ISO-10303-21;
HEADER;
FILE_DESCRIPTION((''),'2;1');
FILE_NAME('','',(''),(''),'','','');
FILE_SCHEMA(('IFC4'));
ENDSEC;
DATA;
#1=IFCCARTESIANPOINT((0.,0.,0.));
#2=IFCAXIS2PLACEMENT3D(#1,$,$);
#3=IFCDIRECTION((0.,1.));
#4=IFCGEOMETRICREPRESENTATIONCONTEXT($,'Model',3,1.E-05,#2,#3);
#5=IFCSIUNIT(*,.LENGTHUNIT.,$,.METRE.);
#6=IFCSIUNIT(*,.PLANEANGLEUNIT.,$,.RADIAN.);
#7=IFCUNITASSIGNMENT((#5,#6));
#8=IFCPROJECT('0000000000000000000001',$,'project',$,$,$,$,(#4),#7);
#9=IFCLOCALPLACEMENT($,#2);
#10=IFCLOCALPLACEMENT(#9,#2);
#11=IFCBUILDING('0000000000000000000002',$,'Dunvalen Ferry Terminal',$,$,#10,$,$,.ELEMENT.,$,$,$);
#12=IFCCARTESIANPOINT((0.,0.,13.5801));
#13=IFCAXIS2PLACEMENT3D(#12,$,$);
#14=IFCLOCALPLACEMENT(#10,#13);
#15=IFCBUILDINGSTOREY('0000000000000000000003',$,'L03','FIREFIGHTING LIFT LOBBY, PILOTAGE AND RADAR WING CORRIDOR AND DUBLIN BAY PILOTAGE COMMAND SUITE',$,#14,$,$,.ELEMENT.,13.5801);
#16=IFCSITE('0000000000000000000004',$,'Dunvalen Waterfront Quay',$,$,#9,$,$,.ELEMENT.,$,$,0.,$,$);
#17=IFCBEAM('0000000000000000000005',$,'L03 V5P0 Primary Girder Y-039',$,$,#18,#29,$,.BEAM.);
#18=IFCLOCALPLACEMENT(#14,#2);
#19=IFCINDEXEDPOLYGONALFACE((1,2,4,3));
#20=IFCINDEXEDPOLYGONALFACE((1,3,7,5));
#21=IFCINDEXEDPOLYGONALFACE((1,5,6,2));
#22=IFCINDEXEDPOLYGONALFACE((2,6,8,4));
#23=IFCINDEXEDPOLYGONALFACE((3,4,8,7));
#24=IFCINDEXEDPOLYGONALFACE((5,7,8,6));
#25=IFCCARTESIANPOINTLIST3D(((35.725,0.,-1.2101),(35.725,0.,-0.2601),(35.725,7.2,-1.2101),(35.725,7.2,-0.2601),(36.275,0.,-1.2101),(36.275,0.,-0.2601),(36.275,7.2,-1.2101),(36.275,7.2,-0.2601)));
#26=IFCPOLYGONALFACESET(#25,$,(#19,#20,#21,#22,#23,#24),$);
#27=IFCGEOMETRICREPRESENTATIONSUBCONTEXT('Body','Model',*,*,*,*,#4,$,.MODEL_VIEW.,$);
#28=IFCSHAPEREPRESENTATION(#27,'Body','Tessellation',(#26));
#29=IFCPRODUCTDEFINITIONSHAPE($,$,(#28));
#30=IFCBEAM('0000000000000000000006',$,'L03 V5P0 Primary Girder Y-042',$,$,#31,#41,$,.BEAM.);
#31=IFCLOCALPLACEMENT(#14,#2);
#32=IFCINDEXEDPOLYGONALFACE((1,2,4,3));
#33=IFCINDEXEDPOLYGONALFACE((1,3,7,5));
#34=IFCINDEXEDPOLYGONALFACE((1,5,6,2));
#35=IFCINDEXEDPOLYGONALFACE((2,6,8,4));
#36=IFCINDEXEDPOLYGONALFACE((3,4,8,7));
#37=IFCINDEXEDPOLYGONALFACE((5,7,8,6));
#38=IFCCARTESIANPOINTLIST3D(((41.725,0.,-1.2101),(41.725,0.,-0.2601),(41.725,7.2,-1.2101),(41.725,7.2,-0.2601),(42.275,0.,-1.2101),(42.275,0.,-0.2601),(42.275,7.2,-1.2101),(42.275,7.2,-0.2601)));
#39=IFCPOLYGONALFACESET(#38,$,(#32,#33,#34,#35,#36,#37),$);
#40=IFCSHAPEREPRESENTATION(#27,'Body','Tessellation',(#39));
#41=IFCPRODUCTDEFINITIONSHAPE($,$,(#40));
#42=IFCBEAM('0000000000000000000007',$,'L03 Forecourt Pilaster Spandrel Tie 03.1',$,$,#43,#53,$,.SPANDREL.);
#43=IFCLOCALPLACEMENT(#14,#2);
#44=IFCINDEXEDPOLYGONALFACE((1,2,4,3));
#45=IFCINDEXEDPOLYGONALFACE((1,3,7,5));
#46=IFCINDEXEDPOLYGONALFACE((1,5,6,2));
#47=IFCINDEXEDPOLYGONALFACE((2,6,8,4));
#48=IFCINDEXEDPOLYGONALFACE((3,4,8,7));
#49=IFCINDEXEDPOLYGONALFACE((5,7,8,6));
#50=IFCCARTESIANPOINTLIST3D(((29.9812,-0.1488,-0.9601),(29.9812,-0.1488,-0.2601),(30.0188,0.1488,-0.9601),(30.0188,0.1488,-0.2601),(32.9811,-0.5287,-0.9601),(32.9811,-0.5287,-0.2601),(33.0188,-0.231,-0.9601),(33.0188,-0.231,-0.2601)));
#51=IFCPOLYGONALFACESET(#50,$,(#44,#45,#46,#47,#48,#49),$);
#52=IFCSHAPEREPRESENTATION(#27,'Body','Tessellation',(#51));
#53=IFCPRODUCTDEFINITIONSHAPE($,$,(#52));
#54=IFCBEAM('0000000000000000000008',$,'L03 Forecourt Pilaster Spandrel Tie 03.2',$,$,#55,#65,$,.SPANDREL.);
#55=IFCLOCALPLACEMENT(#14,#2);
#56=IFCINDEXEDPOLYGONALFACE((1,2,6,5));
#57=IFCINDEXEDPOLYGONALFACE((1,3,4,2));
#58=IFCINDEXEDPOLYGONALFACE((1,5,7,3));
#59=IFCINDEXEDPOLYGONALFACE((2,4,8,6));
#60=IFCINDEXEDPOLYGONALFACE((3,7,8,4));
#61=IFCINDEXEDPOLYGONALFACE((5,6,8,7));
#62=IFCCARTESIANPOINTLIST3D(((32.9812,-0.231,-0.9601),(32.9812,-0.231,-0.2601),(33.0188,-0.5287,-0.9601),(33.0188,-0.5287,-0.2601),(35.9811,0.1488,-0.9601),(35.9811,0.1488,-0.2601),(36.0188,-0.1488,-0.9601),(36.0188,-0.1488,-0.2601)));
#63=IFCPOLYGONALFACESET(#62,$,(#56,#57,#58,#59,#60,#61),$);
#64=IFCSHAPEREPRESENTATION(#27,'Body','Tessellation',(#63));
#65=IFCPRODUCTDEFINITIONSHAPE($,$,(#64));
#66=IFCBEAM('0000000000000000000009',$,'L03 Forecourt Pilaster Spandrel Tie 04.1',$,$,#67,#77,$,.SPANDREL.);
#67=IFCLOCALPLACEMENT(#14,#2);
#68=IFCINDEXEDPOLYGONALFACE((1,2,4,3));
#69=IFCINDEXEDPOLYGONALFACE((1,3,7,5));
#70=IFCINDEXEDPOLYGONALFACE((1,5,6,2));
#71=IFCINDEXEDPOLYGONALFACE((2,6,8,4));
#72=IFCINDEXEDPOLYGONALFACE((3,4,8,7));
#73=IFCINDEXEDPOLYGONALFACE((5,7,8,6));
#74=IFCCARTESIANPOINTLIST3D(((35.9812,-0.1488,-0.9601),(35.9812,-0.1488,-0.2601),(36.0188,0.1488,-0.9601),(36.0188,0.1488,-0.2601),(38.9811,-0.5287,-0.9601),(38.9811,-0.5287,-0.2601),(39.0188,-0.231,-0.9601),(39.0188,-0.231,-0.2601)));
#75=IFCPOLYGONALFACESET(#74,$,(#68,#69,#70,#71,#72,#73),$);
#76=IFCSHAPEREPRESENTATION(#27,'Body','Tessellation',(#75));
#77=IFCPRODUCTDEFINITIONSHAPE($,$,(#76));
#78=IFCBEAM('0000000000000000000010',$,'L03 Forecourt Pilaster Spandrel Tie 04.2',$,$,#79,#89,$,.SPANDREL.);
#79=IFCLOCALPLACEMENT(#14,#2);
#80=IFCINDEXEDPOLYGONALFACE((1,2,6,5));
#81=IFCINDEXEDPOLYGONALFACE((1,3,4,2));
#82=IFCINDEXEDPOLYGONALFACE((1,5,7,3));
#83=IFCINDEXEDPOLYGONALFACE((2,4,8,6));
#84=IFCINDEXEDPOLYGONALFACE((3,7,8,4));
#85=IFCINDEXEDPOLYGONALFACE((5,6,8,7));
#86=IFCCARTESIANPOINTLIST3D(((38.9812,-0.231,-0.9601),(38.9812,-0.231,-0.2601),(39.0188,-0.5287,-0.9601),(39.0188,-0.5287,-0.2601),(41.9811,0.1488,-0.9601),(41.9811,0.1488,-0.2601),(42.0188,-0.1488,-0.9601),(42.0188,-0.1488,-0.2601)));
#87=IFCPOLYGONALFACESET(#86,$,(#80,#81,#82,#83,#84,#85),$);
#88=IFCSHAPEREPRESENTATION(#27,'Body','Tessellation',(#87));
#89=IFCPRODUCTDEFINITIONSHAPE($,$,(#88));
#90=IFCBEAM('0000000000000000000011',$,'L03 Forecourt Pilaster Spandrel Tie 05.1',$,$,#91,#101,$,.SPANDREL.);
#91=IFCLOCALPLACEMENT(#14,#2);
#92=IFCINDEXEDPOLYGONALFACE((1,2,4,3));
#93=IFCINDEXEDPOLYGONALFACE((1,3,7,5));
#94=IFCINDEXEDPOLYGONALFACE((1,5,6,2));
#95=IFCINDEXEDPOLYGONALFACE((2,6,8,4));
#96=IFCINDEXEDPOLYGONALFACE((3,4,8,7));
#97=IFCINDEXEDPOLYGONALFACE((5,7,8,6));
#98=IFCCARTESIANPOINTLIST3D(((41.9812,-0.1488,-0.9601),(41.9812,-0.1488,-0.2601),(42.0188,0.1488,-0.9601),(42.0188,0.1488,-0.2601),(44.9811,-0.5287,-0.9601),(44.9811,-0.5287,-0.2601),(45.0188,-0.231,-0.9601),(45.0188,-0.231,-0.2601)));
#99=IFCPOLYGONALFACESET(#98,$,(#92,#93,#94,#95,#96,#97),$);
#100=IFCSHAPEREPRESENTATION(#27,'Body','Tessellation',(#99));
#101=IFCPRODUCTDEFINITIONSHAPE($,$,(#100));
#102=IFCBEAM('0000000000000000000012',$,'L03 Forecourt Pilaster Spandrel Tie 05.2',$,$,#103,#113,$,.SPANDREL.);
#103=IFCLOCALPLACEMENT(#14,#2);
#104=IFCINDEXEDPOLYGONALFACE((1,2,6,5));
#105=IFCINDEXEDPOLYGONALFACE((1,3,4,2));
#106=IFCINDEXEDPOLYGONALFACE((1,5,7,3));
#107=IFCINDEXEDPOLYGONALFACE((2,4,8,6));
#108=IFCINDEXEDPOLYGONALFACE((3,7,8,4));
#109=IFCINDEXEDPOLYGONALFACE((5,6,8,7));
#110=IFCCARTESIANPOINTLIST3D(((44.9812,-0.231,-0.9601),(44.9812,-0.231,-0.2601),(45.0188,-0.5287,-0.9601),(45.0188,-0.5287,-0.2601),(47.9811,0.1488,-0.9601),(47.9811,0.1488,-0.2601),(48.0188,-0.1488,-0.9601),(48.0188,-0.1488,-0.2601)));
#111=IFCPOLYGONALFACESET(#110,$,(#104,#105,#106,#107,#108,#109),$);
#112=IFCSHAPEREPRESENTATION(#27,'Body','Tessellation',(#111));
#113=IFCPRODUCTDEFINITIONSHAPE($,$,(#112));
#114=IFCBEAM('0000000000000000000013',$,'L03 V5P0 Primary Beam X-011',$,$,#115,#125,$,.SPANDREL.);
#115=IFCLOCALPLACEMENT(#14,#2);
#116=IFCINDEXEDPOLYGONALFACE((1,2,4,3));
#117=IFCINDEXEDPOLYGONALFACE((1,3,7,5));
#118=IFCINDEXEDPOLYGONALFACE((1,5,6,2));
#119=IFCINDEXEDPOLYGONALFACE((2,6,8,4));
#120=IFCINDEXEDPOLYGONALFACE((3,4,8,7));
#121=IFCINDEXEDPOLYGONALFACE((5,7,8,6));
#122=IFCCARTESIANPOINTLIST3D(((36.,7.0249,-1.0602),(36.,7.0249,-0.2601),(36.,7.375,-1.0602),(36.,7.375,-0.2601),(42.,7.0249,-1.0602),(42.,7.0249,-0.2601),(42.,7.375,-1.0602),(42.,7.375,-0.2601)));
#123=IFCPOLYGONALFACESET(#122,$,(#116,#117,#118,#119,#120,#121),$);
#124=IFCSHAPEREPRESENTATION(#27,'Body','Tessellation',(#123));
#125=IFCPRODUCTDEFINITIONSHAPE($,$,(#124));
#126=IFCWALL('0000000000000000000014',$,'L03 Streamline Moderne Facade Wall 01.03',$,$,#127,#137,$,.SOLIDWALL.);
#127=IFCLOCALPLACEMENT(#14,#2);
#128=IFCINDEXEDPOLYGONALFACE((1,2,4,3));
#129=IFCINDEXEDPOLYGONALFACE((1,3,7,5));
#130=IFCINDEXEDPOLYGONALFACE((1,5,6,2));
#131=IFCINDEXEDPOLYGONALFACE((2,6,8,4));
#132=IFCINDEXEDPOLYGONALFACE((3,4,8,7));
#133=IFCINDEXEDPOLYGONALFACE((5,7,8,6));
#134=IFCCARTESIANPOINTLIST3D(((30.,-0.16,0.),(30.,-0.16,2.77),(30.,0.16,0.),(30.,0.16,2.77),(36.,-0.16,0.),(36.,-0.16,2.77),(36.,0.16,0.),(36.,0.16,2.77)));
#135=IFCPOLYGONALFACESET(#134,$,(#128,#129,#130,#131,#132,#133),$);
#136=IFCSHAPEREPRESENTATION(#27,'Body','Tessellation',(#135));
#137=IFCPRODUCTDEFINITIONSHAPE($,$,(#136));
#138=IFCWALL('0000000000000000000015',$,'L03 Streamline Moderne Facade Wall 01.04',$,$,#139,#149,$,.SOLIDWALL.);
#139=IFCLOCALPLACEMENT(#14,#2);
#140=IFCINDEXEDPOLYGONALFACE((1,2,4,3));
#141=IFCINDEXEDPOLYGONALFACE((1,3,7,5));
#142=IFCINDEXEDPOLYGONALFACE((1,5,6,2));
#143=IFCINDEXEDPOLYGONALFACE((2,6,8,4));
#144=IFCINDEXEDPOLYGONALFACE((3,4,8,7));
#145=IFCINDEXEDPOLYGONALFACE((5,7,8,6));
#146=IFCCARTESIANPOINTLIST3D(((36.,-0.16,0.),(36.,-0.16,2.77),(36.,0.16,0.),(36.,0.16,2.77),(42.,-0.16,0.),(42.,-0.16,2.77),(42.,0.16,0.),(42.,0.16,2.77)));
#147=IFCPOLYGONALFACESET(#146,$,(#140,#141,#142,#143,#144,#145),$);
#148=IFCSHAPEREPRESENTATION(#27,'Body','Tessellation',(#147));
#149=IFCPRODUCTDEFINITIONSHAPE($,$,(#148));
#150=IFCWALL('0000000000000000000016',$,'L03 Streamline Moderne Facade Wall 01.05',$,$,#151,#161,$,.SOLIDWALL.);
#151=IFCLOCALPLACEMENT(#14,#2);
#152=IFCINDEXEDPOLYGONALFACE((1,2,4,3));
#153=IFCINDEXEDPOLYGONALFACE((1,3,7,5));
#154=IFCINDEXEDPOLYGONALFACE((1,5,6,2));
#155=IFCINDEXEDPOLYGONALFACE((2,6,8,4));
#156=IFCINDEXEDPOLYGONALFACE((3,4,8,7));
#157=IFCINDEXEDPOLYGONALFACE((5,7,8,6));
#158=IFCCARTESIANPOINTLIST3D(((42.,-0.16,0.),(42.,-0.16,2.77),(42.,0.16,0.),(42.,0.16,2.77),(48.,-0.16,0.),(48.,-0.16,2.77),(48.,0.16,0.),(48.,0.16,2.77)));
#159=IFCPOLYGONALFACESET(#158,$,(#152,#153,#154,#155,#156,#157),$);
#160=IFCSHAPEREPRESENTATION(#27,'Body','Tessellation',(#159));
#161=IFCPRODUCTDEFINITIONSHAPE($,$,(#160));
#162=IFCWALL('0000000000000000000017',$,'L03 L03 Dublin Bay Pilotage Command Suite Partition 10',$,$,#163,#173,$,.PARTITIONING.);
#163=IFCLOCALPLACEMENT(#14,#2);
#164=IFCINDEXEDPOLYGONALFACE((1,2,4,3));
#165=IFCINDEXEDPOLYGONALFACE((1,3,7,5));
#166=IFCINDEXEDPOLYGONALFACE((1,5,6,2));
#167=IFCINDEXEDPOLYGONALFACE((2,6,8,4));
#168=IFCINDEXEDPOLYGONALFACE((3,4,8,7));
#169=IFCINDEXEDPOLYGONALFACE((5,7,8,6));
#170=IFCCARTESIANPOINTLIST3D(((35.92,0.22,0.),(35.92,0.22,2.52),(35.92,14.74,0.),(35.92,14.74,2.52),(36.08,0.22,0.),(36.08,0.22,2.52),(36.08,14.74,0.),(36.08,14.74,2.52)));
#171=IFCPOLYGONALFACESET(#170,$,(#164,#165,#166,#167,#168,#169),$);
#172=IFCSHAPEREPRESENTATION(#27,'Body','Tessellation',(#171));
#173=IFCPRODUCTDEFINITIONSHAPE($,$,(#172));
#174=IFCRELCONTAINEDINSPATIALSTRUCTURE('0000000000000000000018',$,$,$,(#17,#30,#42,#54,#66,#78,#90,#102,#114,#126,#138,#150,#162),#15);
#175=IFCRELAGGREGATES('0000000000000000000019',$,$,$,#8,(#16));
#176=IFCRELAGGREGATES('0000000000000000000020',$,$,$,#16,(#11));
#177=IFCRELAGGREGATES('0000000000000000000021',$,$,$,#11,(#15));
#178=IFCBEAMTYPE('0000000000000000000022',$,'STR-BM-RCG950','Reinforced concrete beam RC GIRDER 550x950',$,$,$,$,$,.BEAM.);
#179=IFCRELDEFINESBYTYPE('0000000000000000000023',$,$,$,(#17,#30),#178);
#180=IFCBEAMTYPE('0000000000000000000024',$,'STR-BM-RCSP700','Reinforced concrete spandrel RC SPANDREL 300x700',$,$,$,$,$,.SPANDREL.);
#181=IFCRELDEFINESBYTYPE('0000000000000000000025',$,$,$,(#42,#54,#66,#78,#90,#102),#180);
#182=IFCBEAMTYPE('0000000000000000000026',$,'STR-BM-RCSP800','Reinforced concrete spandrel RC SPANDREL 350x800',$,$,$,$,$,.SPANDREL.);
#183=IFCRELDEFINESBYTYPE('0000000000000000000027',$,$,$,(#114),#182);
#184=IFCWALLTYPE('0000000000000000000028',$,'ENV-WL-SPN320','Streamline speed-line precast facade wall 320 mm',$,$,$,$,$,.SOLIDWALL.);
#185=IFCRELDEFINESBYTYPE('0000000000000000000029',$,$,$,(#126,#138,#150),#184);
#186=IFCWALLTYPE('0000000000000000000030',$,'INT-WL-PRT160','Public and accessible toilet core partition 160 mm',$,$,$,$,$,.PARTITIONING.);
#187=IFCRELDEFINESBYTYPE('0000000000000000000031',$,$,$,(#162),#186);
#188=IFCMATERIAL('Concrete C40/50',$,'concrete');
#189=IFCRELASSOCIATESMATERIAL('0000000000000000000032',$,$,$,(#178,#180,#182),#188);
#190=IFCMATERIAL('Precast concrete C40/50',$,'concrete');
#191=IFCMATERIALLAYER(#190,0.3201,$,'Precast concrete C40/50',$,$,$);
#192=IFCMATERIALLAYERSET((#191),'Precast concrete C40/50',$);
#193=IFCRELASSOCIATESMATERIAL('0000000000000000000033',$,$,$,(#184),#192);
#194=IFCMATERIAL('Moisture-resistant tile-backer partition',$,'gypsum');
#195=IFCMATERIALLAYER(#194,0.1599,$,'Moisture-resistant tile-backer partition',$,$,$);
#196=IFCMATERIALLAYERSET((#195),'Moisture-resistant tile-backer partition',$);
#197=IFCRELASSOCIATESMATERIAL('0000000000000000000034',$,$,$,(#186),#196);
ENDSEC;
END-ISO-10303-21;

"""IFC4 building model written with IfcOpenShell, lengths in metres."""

from ifc_helpers import new_model, si_unit, direction, frame, frame_2d, origin, origin_2d, place, context, subcontext, project, spatial, rectangle, extrude, material, layer, layer_set, material_profile, profile_set, type_object, element, save


model = new_model("IFC4")

# Units and contexts
model_context = context("Model", 3, precision=1e-05, world=origin(), true_north=direction((0.0, 1.0)))
body_context = subcontext(model_context, "Body", "Model", "MODEL_VIEW")
ifc_project = project(units=[si_unit("LENGTHUNIT", "METRE"), si_unit("PLANEANGLEUNIT", "RADIAN")], contexts=[model_context])

# Site, building, storey
site_placement = place(None, origin())
site = spatial("IfcSite", under=ifc_project, at=site_placement, Name="Dunvalen Waterfront Quay", CompositionType="ELEMENT", RefElevation=0.0)
building_placement = place(site_placement, origin())
building = spatial("IfcBuilding", under=site, at=building_placement, Name="Dunvalen Ferry Terminal", CompositionType="ELEMENT")
storey_placement = place(building_placement, frame((0.0, 0.0, 13.5801)))
storey = spatial("IfcBuildingStorey", under=building, at=storey_placement, Name="L03", Description="FIREFIGHTING LIFT LOBBY, PILOTAGE AND RADAR WING CORRIDOR AND DUBLIN BAY PILOTAGE COMMAND SUITE", CompositionType="ELEMENT", Elevation=13.5801)

# Shared definitions
ifc_material_1 = material(Name="Concrete C40/50", Category="concrete")

# Beams
ifc_material_profile_1 = material_profile(ifc_material_1, rectangle(XDim=0.55, YDim=0.95, at=origin_2d()), Name="Concrete C40/50")
ifc_profile_set_1 = profile_set([ifc_material_profile_1], Name="Concrete C40/50")
beam_type_1 = type_object("IfcBeamType", Name="STR-BM-RCG950", Description="Reinforced concrete beam RC GIRDER 550x950", PredefinedType="BEAM", material=ifc_profile_set_1)
for number, where, z_axis, x_axis, name in (
    (1, (36.0, 0.0, -0.7351), (0.0, 1.0, 0.0), (-1.0, 0.0, 0.0), "L03 V5P0 Primary Girder Y-039"),
    (2, (42.0, 0.0, -0.7351), (0.0, 1.0, 0.0), (-1.0, 0.0, 0.0), "L03 V5P0 Primary Girder Y-042"),
):
    element("IfcBeam", number, at=place(storey_placement, frame(where, z_axis=z_axis, x_axis=x_axis)), inside=storey, type_object=beam_type_1, Name=name, PredefinedType="BEAM", context=body_context, shape_type="SweptSolid", body=[
        extrude(rectangle(XDim=0.55, YDim=0.95, at=origin_2d()), origin(), (0.0, 0.0, 1.0), 7.2),
    ])
ifc_material_profile_2 = material_profile(ifc_material_1, rectangle(XDim=0.3, YDim=0.7, at=origin_2d()), Name="Concrete C40/50")
ifc_profile_set_2 = profile_set([ifc_material_profile_2], Name="Concrete C40/50")
beam_type_2 = type_object("IfcBeamType", Name="STR-BM-RCSP700", Description="Reinforced concrete spandrel RC SPANDREL 300x700", PredefinedType="SPANDREL", material=ifc_profile_set_2)
for number, where, z_axis, x_axis, name in (
    (3, (30.0, 0.0, -0.6101), (0.992078, -0.125624, 0.0), (0.125624, 0.992078, 0.0), "L03 Forecourt Pilaster Spandrel Tie 03.1"),
    (4, (33.0, -0.3799, -0.6101), (0.992078, 0.125624, 0.0), (-0.125624, 0.992078, 0.0), "L03 Forecourt Pilaster Spandrel Tie 03.2"),
    (5, (36.0, 0.0, -0.6101), (0.992078, -0.125624, 0.0), (0.125624, 0.992078, 0.0), "L03 Forecourt Pilaster Spandrel Tie 04.1"),
    (6, (39.0, -0.3799, -0.6101), (0.992078, 0.125624, 0.0), (-0.125624, 0.992078, 0.0), "L03 Forecourt Pilaster Spandrel Tie 04.2"),
    (7, (42.0, 0.0, -0.6101), (0.992078, -0.125624, 0.0), (0.125624, 0.992078, 0.0), "L03 Forecourt Pilaster Spandrel Tie 05.1"),
    (8, (45.0, -0.3799, -0.6101), (0.992078, 0.125624, 0.0), (-0.125624, 0.992078, 0.0), "L03 Forecourt Pilaster Spandrel Tie 05.2"),
):
    element("IfcBeam", number, at=place(storey_placement, frame(where, z_axis=z_axis, x_axis=x_axis)), inside=storey, type_object=beam_type_2, Name=name, PredefinedType="SPANDREL", context=body_context, shape_type="SweptSolid", body=[
        extrude(rectangle(XDim=0.3, YDim=0.7, at=origin_2d()), origin(), (0.0, 0.0, 1.0), 3.0239),
    ])
ifc_material_profile_3 = material_profile(ifc_material_1, rectangle(XDim=0.3501, YDim=0.8, at=origin_2d()), Name="Concrete C40/50")
ifc_profile_set_3 = profile_set([ifc_material_profile_3], Name="Concrete C40/50")
beam_type_3 = type_object("IfcBeamType", Name="STR-BM-RCSP800", Description="Reinforced concrete spandrel RC SPANDREL 350x800", PredefinedType="SPANDREL", material=ifc_profile_set_3)
beam_1_placement = place(storey_placement, frame((36.0, 7.2, -0.6602), z_axis=(1.0, 0.0, 0.0), x_axis=(0.0, 1.0, 0.0)))
element("IfcBeam", 9, at=beam_1_placement, inside=storey, type_object=beam_type_3, Name="L03 V5P0 Primary Beam X-011", PredefinedType="SPANDREL", context=body_context, shape_type="SweptSolid", body=[
    extrude(rectangle(XDim=0.3501, YDim=0.8, at=origin_2d()), origin(), (0.0, 0.0, 1.0), 6.0),
])

# Walls
ifc_material_2 = material(Name="Precast concrete C40/50", Category="concrete")
ifc_layer_1 = layer(ifc_material_2, 0.3201, Name="Precast concrete C40/50")
ifc_layer_set_1 = layer_set([ifc_layer_1], Name="Precast concrete C40/50")
wall_type_1 = type_object("IfcWallType", Name="ENV-WL-SPN320", Description="Streamline speed-line precast facade wall 320 mm", PredefinedType="SOLIDWALL", material=ifc_layer_set_1)
for number, where, z_axis, x_axis, name in (
    (10, (30.0, 0.0, 0.0), (0.0, 0.0, 1.0), (1.0, 0.0, 0.0), "L03 Streamline Moderne Facade Wall 01.03"),
    (11, (36.0, 0.0, 0.0), (0.0, 0.0, 1.0), (1.0, 0.0, 0.0), "L03 Streamline Moderne Facade Wall 01.04"),
    (12, (42.0, 0.0, 0.0), (0.0, 0.0, 1.0), (1.0, 0.0, 0.0), "L03 Streamline Moderne Facade Wall 01.05"),
):
    element("IfcWall", number, at=place(storey_placement, frame(where, z_axis=z_axis, x_axis=x_axis)), inside=storey, type_object=wall_type_1, Name=name, PredefinedType="SOLIDWALL", context=body_context, shape_type="SweptSolid", body=[
        extrude(rectangle(XDim=6.0, YDim=0.3201, at=frame_2d((3.0, 0.0))), origin(), (0.0, 0.0, 1.0), 2.77),
    ])
ifc_material_3 = material(Name="Moisture-resistant tile-backer partition", Category="gypsum")
ifc_layer_2 = layer(ifc_material_3, 0.1599, Name="Moisture-resistant tile-backer partition")
ifc_layer_set_2 = layer_set([ifc_layer_2], Name="Moisture-resistant tile-backer partition")
wall_type_2 = type_object("IfcWallType", Name="INT-WL-PRT160", Description="Public and accessible toilet core partition 160 mm", PredefinedType="PARTITIONING", material=ifc_layer_set_2)
wall_placement = place(storey_placement, frame((36.0, 0.22, 0.0), z_axis=(0.0, 0.0, 1.0), x_axis=(0.0, 1.0, 0.0)))
element("IfcWall", 13, at=wall_placement, inside=storey, type_object=wall_type_2, Name="L03 L03 Dublin Bay Pilotage Command Suite Partition 10", PredefinedType="PARTITIONING", context=body_context, shape_type="SweptSolid", body=[
    extrude(rectangle(XDim=14.52, YDim=0.1599, at=frame_2d((7.26, 0.0))), origin(), (0.0, 0.0, 1.0), 2.52),
])

save(model, "model.ifc")
